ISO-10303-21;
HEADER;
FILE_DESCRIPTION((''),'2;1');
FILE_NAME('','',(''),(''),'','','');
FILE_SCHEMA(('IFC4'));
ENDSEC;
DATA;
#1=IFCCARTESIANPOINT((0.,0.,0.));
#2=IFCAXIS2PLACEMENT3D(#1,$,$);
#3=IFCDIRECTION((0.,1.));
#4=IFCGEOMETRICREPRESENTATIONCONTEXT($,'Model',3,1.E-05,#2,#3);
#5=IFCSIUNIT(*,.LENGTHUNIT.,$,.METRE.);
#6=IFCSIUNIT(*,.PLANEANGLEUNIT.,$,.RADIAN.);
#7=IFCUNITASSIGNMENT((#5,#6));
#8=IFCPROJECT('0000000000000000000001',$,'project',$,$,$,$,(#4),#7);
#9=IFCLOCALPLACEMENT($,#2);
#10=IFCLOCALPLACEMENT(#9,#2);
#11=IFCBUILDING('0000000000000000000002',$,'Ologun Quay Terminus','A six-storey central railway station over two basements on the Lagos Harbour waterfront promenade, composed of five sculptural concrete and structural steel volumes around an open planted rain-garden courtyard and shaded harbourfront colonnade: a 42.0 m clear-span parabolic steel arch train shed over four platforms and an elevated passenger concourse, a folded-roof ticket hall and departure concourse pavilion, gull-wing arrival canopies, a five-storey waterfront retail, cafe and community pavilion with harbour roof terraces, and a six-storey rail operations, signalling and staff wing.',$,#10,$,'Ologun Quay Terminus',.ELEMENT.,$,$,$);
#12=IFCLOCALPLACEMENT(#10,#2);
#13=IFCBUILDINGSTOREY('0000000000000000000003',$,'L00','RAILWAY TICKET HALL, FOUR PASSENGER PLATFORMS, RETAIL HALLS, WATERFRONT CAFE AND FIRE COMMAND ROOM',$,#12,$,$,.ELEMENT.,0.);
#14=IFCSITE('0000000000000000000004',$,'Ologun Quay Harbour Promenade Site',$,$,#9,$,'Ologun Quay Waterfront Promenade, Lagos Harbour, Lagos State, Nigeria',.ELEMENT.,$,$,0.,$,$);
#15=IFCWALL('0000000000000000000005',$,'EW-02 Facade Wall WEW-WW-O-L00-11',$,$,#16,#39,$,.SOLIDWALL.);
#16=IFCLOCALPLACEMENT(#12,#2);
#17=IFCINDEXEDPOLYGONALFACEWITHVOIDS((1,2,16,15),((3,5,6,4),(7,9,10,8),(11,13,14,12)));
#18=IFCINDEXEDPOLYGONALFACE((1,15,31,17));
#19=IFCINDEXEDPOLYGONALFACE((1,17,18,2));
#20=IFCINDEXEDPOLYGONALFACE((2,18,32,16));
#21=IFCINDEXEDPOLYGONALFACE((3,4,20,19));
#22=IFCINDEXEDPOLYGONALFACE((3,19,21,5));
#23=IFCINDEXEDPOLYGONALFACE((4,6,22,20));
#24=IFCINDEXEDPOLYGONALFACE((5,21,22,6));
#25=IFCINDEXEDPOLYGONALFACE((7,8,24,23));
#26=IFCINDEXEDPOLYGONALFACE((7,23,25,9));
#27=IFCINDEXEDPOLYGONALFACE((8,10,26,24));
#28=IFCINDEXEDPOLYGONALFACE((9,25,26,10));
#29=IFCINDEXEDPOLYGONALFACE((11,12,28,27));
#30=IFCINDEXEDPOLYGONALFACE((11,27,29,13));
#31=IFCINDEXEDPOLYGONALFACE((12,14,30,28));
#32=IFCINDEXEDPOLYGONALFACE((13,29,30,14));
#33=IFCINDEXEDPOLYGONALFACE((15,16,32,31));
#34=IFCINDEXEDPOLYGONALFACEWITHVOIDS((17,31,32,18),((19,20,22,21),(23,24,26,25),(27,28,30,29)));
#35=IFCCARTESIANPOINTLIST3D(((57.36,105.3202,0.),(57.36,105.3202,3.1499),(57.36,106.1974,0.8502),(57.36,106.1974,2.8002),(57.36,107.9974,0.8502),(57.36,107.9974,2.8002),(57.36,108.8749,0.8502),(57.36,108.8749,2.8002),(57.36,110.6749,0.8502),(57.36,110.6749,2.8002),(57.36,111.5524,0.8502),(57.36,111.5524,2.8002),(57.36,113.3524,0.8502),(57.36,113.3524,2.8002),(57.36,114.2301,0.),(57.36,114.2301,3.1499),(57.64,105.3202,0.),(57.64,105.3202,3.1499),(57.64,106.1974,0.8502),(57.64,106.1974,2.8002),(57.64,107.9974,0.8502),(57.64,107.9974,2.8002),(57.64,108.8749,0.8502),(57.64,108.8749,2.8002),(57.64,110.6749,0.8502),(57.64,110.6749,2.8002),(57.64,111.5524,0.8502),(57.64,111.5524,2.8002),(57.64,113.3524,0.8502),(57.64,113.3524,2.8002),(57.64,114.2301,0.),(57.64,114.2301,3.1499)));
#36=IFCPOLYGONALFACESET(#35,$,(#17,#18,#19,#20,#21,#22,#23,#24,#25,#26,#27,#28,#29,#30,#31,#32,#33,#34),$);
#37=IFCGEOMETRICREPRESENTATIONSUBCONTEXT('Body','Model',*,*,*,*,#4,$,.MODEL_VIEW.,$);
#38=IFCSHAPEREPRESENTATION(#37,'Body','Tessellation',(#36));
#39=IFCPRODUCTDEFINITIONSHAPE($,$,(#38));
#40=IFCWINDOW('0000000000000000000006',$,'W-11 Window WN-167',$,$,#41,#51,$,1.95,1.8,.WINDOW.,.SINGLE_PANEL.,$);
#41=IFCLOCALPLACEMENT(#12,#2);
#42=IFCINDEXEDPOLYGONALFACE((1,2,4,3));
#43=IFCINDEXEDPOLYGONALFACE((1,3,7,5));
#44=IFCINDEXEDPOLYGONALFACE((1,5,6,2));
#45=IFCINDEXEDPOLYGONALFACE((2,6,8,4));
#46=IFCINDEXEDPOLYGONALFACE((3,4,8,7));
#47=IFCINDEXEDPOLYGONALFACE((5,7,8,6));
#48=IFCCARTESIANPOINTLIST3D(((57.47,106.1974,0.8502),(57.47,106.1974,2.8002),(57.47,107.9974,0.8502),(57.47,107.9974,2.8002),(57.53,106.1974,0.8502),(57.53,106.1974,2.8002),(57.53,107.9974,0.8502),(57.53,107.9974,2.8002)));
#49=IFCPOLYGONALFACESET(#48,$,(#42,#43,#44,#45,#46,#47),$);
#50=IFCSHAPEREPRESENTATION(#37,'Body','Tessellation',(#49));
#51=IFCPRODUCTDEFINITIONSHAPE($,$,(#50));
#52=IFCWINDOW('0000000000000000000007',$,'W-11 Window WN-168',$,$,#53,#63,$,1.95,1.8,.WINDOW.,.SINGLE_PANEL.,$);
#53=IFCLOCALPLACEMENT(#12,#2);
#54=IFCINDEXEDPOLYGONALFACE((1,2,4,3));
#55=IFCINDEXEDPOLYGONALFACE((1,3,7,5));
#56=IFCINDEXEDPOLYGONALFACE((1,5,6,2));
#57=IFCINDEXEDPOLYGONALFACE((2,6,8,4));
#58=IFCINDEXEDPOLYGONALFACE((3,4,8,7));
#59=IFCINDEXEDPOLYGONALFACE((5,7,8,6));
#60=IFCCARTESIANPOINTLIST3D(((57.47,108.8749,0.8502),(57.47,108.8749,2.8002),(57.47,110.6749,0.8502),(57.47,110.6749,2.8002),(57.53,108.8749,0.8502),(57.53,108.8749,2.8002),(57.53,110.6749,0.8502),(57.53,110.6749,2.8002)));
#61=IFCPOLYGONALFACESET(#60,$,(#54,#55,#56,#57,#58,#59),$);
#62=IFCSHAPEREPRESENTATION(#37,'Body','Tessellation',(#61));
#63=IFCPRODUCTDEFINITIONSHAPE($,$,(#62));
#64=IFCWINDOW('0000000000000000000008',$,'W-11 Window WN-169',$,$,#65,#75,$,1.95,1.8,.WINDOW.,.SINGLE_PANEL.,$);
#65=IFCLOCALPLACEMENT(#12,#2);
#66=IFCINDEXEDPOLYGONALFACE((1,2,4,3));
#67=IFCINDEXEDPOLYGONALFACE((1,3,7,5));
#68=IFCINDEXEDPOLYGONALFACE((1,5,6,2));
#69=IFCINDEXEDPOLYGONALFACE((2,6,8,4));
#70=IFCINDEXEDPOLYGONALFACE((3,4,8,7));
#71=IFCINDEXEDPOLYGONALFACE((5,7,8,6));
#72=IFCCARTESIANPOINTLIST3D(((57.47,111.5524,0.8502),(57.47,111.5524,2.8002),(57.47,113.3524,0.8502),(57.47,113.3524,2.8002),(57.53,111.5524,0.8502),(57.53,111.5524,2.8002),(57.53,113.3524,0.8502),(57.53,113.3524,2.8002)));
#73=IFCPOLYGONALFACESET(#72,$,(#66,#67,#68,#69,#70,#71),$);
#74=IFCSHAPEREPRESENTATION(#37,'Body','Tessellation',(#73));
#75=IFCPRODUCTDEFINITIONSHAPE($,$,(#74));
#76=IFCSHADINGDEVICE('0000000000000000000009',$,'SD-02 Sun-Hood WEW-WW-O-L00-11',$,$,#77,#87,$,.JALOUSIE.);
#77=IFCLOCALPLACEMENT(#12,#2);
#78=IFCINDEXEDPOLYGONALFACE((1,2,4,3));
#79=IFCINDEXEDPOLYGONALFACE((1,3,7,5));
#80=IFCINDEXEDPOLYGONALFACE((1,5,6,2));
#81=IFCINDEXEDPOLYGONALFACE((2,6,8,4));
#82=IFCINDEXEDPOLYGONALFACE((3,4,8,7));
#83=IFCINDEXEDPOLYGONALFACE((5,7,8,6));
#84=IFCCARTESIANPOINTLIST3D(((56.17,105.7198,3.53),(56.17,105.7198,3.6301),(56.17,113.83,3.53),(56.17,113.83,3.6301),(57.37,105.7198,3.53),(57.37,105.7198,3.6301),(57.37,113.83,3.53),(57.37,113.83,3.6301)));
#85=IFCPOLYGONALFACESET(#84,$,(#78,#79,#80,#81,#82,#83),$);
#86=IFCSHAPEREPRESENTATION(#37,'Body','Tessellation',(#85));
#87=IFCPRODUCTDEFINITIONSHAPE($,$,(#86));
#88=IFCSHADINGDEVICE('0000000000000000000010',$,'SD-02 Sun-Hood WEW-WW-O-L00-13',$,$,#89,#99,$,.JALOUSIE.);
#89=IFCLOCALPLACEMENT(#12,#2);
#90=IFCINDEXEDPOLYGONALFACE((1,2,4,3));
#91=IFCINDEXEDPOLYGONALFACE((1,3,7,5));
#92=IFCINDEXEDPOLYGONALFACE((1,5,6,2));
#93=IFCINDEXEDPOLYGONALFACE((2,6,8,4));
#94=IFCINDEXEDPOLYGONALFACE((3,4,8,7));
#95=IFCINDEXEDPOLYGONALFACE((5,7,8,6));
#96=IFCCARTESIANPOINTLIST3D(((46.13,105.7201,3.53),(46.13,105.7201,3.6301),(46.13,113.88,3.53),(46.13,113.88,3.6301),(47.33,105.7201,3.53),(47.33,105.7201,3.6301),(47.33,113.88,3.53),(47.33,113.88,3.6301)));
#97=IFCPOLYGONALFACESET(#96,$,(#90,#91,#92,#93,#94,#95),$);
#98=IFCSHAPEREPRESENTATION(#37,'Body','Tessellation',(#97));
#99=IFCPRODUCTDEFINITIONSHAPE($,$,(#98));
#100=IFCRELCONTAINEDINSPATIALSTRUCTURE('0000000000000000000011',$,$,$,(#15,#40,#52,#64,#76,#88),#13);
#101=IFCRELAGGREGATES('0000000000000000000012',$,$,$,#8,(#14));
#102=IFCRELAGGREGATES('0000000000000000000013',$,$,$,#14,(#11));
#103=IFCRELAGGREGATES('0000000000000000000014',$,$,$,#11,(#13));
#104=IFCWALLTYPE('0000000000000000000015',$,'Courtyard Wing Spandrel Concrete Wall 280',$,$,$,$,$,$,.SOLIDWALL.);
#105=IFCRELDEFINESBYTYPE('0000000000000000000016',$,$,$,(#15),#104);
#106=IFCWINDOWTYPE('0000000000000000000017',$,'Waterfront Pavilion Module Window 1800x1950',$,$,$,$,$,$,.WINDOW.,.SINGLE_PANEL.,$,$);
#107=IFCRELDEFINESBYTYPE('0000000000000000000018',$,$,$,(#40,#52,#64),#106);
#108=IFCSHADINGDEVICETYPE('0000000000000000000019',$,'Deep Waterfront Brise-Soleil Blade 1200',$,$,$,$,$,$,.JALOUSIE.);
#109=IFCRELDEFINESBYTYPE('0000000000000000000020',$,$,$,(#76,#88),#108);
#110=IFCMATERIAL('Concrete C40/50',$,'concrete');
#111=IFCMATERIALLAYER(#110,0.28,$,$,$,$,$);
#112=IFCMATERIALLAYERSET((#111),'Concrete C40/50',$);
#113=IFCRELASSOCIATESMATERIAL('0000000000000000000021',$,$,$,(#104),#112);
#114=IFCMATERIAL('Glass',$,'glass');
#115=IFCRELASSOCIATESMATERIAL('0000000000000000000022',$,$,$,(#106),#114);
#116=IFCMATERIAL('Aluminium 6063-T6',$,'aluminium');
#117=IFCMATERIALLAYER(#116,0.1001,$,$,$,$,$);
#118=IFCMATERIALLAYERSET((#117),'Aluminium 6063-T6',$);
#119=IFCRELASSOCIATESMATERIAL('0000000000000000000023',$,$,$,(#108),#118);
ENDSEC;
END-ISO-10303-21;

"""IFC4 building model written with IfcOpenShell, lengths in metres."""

from ifc_helpers import new_model, si_unit, direction, frame, frame_2d, origin, origin_2d, place, context, subcontext, project, spatial, rectangle, extrude, material, layer, layer_set, type_object, element, fill, save


model = new_model("IFC4")

# Units and contexts
model_context = context("Model", 3, precision=1e-05, world=origin(), true_north=direction((0.0, 1.0)))
body_context = subcontext(model_context, "Body", "Model", "MODEL_VIEW")
ifc_project = project(units=[si_unit("LENGTHUNIT", "METRE"), si_unit("PLANEANGLEUNIT", "RADIAN")], contexts=[model_context])

# Site, building, storey
site_placement = place(None, origin())
site = spatial("IfcSite", under=ifc_project, at=site_placement, Name="Ologun Quay Harbour Promenade Site", LongName="Ologun Quay Waterfront Promenade, Lagos Harbour, Lagos State, Nigeria", CompositionType="ELEMENT", RefElevation=0.0)
building_placement = place(site_placement, origin())
building = spatial("IfcBuilding", under=site, at=building_placement, Name="Ologun Quay Terminus", Description="A six-storey central railway station over two basements on the Lagos Harbour waterfront promenade, composed of five sculptural concrete and structural steel volumes around an open planted rain-garden courtyard and shaded harbourfront colonnade: a 42.0 m clear-span parabolic steel arch train shed over four platforms and an elevated passenger concourse, a folded-roof ticket hall and departure concourse pavilion, gull-wing arrival canopies, a five-storey waterfront retail, cafe and community pavilion with harbour roof terraces, and a six-storey rail operations, signalling and staff wing.", LongName="Ologun Quay Terminus", CompositionType="ELEMENT")
storey_placement = place(building_placement, origin())
storey = spatial("IfcBuildingStorey", under=building, at=storey_placement, Name="L00", Description="RAILWAY TICKET HALL, FOUR PASSENGER PLATFORMS, RETAIL HALLS, WATERFRONT CAFE AND FIRE COMMAND ROOM", CompositionType="ELEMENT", Elevation=0.0)

# Wall, openings, windows
ifc_material_1 = material(Name="Concrete C40/50", Category="concrete")
ifc_layer_1 = layer(ifc_material_1, 0.28)
ifc_layer_set_1 = layer_set([ifc_layer_1], Name="Concrete C40/50")
wall_type = type_object("IfcWallType", Name="Courtyard Wing Spandrel Concrete Wall 280", PredefinedType="SOLIDWALL", material=ifc_layer_set_1)
wall_1_placement = place(storey_placement, frame((57.5, 105.3201, 0.0), z_axis=(0.0, 0.0, 1.0), x_axis=(0.0, 1.0, 0.0)))
wall_1 = element("IfcWall", 1, at=wall_1_placement, inside=storey, type_object=wall_type, Name="EW-02 Facade Wall WEW-WW-O-L00-11", PredefinedType="SOLIDWALL", context=body_context, shape_type="SweptSolid", body=[
    extrude(rectangle(XDim=8.9099, YDim=0.28, at=frame_2d((4.4551, 0.0))), origin(), (0.0, 0.0, 1.0), 3.1499),
])
opening_1_placement = place(wall_1_placement, frame((0.8774, 0.0, 0.8501)))
opening_1 = element("IfcOpeningElement", 2, at=opening_1_placement, cuts=wall_1, PredefinedType="OPENING", context=body_context, shape_type="SweptSolid", body=[
    extrude(rectangle(XDim=1.8, YDim=1.95, at=frame_2d((0.8999, 0.9751))), frame((0.0, 0.1499, 0.0), z_axis=(0.0, -1.0, 0.0), x_axis=(1.0, 0.0, 0.0)), (0.0, 0.0, 1.0), 0.3),
])
opening_2_placement = place(wall_1_placement, frame((3.5549, 0.0, 0.8501)))
opening_2 = element("IfcOpeningElement", 3, at=opening_2_placement, cuts=wall_1, PredefinedType="OPENING", context=body_context, shape_type="SweptSolid", body=[
    extrude(rectangle(XDim=1.8, YDim=1.95, at=frame_2d((0.8999, 0.9751))), frame((0.0, 0.1499, 0.0), z_axis=(0.0, -1.0, 0.0), x_axis=(1.0, 0.0, 0.0)), (0.0, 0.0, 1.0), 0.3),
])
opening_3_placement = place(wall_1_placement, frame((6.2324, 0.0, 0.8501)))
opening_3 = element("IfcOpeningElement", 4, at=opening_3_placement, cuts=wall_1, PredefinedType="OPENING", context=body_context, shape_type="SweptSolid", body=[
    extrude(rectangle(XDim=1.8, YDim=1.95, at=frame_2d((0.8999, 0.9751))), frame((0.0, 0.1499, 0.0), z_axis=(0.0, -1.0, 0.0), x_axis=(1.0, 0.0, 0.0)), (0.0, 0.0, 1.0), 0.3),
])
ifc_material_2 = material(Name="Glass", Category="glass")
window_type = type_object("IfcWindowType", Name="Waterfront Pavilion Module Window 1800x1950", PartitioningType="SINGLE_PANEL", PredefinedType="WINDOW", material=ifc_material_2)
window_1_placement = place(opening_1_placement, origin())
window_1 = element("IfcWindow", 5, at=window_1_placement, inside=storey, type_object=window_type, Name="W-11 Window WN-167", OverallHeight=1.95, OverallWidth=1.8, PartitioningType="SINGLE_PANEL", PredefinedType="WINDOW", context=body_context, shape_type="SweptSolid", body=[
    extrude(rectangle(XDim=1.8, YDim=1.95, at=frame_2d((0.8999, 0.9751))), frame((0.0, 0.03, 0.0), z_axis=(0.0, -1.0, 0.0), x_axis=(1.0, 0.0, 0.0)), (0.0, 0.0, 1.0), 0.0601),
])
fill(opening_1, window_1)
window_2_placement = place(opening_2_placement, origin())
window_2 = element("IfcWindow", 6, at=window_2_placement, inside=storey, type_object=window_type, Name="W-11 Window WN-168", OverallHeight=1.95, OverallWidth=1.8, PartitioningType="SINGLE_PANEL", PredefinedType="WINDOW", context=body_context, shape_type="SweptSolid", body=[
    extrude(rectangle(XDim=1.8, YDim=1.95, at=frame_2d((0.8999, 0.9751))), frame((0.0, 0.03, 0.0), z_axis=(0.0, -1.0, 0.0), x_axis=(1.0, 0.0, 0.0)), (0.0, 0.0, 1.0), 0.0601),
])
fill(opening_2, window_2)
window_3_placement = place(opening_3_placement, origin())
window_3 = element("IfcWindow", 7, at=window_3_placement, inside=storey, type_object=window_type, Name="W-11 Window WN-169", OverallHeight=1.95, OverallWidth=1.8, PartitioningType="SINGLE_PANEL", PredefinedType="WINDOW", context=body_context, shape_type="SweptSolid", body=[
    extrude(rectangle(XDim=1.8, YDim=1.95, at=frame_2d((0.8999, 0.9751))), frame((0.0, 0.03, 0.0), z_axis=(0.0, -1.0, 0.0), x_axis=(1.0, 0.0, 0.0)), (0.0, 0.0, 1.0), 0.0601),
])
fill(opening_3, window_3)

# Shading devices
ifc_material_3 = material(Name="Aluminium 6063-T6", Category="aluminium")
ifc_layer_2 = layer(ifc_material_3, 0.1001)
ifc_layer_set_2 = layer_set([ifc_layer_2], Name="Aluminium 6063-T6")
shading_device_type = type_object("IfcShadingDeviceType", Name="Deep Waterfront Brise-Soleil Blade 1200", PredefinedType="JALOUSIE", material=ifc_layer_set_2)
shading_device_1_placement = place(storey_placement, frame((56.77, 109.7749, 3.53), z_axis=(0.0, 0.0, 1.0), x_axis=(1.0, 0.0, 0.0)))
element("IfcShadingDevice", 8, at=shading_device_1_placement, inside=storey, type_object=shading_device_type, Name="SD-02 Sun-Hood WEW-WW-O-L00-11", PredefinedType="JALOUSIE", context=body_context, shape_type="SweptSolid", body=[
    extrude(rectangle(XDim=1.2, YDim=8.1101, at=origin_2d()), origin(), (0.0, 0.0, 1.0), 0.1001),
])
shading_device_2_placement = place(storey_placement, frame((46.73, 109.8, 3.53), z_axis=(0.0, 0.0, 1.0), x_axis=(1.0, 0.0, 0.0)))
element("IfcShadingDevice", 9, at=shading_device_2_placement, inside=storey, type_object=shading_device_type, Name="SD-02 Sun-Hood WEW-WW-O-L00-13", PredefinedType="JALOUSIE", context=body_context, shape_type="SweptSolid", body=[
    extrude(rectangle(XDim=1.2, YDim=8.1599, at=origin_2d()), origin(), (0.0, 0.0, 1.0), 0.1001),
])

save(model, "model.ifc")
